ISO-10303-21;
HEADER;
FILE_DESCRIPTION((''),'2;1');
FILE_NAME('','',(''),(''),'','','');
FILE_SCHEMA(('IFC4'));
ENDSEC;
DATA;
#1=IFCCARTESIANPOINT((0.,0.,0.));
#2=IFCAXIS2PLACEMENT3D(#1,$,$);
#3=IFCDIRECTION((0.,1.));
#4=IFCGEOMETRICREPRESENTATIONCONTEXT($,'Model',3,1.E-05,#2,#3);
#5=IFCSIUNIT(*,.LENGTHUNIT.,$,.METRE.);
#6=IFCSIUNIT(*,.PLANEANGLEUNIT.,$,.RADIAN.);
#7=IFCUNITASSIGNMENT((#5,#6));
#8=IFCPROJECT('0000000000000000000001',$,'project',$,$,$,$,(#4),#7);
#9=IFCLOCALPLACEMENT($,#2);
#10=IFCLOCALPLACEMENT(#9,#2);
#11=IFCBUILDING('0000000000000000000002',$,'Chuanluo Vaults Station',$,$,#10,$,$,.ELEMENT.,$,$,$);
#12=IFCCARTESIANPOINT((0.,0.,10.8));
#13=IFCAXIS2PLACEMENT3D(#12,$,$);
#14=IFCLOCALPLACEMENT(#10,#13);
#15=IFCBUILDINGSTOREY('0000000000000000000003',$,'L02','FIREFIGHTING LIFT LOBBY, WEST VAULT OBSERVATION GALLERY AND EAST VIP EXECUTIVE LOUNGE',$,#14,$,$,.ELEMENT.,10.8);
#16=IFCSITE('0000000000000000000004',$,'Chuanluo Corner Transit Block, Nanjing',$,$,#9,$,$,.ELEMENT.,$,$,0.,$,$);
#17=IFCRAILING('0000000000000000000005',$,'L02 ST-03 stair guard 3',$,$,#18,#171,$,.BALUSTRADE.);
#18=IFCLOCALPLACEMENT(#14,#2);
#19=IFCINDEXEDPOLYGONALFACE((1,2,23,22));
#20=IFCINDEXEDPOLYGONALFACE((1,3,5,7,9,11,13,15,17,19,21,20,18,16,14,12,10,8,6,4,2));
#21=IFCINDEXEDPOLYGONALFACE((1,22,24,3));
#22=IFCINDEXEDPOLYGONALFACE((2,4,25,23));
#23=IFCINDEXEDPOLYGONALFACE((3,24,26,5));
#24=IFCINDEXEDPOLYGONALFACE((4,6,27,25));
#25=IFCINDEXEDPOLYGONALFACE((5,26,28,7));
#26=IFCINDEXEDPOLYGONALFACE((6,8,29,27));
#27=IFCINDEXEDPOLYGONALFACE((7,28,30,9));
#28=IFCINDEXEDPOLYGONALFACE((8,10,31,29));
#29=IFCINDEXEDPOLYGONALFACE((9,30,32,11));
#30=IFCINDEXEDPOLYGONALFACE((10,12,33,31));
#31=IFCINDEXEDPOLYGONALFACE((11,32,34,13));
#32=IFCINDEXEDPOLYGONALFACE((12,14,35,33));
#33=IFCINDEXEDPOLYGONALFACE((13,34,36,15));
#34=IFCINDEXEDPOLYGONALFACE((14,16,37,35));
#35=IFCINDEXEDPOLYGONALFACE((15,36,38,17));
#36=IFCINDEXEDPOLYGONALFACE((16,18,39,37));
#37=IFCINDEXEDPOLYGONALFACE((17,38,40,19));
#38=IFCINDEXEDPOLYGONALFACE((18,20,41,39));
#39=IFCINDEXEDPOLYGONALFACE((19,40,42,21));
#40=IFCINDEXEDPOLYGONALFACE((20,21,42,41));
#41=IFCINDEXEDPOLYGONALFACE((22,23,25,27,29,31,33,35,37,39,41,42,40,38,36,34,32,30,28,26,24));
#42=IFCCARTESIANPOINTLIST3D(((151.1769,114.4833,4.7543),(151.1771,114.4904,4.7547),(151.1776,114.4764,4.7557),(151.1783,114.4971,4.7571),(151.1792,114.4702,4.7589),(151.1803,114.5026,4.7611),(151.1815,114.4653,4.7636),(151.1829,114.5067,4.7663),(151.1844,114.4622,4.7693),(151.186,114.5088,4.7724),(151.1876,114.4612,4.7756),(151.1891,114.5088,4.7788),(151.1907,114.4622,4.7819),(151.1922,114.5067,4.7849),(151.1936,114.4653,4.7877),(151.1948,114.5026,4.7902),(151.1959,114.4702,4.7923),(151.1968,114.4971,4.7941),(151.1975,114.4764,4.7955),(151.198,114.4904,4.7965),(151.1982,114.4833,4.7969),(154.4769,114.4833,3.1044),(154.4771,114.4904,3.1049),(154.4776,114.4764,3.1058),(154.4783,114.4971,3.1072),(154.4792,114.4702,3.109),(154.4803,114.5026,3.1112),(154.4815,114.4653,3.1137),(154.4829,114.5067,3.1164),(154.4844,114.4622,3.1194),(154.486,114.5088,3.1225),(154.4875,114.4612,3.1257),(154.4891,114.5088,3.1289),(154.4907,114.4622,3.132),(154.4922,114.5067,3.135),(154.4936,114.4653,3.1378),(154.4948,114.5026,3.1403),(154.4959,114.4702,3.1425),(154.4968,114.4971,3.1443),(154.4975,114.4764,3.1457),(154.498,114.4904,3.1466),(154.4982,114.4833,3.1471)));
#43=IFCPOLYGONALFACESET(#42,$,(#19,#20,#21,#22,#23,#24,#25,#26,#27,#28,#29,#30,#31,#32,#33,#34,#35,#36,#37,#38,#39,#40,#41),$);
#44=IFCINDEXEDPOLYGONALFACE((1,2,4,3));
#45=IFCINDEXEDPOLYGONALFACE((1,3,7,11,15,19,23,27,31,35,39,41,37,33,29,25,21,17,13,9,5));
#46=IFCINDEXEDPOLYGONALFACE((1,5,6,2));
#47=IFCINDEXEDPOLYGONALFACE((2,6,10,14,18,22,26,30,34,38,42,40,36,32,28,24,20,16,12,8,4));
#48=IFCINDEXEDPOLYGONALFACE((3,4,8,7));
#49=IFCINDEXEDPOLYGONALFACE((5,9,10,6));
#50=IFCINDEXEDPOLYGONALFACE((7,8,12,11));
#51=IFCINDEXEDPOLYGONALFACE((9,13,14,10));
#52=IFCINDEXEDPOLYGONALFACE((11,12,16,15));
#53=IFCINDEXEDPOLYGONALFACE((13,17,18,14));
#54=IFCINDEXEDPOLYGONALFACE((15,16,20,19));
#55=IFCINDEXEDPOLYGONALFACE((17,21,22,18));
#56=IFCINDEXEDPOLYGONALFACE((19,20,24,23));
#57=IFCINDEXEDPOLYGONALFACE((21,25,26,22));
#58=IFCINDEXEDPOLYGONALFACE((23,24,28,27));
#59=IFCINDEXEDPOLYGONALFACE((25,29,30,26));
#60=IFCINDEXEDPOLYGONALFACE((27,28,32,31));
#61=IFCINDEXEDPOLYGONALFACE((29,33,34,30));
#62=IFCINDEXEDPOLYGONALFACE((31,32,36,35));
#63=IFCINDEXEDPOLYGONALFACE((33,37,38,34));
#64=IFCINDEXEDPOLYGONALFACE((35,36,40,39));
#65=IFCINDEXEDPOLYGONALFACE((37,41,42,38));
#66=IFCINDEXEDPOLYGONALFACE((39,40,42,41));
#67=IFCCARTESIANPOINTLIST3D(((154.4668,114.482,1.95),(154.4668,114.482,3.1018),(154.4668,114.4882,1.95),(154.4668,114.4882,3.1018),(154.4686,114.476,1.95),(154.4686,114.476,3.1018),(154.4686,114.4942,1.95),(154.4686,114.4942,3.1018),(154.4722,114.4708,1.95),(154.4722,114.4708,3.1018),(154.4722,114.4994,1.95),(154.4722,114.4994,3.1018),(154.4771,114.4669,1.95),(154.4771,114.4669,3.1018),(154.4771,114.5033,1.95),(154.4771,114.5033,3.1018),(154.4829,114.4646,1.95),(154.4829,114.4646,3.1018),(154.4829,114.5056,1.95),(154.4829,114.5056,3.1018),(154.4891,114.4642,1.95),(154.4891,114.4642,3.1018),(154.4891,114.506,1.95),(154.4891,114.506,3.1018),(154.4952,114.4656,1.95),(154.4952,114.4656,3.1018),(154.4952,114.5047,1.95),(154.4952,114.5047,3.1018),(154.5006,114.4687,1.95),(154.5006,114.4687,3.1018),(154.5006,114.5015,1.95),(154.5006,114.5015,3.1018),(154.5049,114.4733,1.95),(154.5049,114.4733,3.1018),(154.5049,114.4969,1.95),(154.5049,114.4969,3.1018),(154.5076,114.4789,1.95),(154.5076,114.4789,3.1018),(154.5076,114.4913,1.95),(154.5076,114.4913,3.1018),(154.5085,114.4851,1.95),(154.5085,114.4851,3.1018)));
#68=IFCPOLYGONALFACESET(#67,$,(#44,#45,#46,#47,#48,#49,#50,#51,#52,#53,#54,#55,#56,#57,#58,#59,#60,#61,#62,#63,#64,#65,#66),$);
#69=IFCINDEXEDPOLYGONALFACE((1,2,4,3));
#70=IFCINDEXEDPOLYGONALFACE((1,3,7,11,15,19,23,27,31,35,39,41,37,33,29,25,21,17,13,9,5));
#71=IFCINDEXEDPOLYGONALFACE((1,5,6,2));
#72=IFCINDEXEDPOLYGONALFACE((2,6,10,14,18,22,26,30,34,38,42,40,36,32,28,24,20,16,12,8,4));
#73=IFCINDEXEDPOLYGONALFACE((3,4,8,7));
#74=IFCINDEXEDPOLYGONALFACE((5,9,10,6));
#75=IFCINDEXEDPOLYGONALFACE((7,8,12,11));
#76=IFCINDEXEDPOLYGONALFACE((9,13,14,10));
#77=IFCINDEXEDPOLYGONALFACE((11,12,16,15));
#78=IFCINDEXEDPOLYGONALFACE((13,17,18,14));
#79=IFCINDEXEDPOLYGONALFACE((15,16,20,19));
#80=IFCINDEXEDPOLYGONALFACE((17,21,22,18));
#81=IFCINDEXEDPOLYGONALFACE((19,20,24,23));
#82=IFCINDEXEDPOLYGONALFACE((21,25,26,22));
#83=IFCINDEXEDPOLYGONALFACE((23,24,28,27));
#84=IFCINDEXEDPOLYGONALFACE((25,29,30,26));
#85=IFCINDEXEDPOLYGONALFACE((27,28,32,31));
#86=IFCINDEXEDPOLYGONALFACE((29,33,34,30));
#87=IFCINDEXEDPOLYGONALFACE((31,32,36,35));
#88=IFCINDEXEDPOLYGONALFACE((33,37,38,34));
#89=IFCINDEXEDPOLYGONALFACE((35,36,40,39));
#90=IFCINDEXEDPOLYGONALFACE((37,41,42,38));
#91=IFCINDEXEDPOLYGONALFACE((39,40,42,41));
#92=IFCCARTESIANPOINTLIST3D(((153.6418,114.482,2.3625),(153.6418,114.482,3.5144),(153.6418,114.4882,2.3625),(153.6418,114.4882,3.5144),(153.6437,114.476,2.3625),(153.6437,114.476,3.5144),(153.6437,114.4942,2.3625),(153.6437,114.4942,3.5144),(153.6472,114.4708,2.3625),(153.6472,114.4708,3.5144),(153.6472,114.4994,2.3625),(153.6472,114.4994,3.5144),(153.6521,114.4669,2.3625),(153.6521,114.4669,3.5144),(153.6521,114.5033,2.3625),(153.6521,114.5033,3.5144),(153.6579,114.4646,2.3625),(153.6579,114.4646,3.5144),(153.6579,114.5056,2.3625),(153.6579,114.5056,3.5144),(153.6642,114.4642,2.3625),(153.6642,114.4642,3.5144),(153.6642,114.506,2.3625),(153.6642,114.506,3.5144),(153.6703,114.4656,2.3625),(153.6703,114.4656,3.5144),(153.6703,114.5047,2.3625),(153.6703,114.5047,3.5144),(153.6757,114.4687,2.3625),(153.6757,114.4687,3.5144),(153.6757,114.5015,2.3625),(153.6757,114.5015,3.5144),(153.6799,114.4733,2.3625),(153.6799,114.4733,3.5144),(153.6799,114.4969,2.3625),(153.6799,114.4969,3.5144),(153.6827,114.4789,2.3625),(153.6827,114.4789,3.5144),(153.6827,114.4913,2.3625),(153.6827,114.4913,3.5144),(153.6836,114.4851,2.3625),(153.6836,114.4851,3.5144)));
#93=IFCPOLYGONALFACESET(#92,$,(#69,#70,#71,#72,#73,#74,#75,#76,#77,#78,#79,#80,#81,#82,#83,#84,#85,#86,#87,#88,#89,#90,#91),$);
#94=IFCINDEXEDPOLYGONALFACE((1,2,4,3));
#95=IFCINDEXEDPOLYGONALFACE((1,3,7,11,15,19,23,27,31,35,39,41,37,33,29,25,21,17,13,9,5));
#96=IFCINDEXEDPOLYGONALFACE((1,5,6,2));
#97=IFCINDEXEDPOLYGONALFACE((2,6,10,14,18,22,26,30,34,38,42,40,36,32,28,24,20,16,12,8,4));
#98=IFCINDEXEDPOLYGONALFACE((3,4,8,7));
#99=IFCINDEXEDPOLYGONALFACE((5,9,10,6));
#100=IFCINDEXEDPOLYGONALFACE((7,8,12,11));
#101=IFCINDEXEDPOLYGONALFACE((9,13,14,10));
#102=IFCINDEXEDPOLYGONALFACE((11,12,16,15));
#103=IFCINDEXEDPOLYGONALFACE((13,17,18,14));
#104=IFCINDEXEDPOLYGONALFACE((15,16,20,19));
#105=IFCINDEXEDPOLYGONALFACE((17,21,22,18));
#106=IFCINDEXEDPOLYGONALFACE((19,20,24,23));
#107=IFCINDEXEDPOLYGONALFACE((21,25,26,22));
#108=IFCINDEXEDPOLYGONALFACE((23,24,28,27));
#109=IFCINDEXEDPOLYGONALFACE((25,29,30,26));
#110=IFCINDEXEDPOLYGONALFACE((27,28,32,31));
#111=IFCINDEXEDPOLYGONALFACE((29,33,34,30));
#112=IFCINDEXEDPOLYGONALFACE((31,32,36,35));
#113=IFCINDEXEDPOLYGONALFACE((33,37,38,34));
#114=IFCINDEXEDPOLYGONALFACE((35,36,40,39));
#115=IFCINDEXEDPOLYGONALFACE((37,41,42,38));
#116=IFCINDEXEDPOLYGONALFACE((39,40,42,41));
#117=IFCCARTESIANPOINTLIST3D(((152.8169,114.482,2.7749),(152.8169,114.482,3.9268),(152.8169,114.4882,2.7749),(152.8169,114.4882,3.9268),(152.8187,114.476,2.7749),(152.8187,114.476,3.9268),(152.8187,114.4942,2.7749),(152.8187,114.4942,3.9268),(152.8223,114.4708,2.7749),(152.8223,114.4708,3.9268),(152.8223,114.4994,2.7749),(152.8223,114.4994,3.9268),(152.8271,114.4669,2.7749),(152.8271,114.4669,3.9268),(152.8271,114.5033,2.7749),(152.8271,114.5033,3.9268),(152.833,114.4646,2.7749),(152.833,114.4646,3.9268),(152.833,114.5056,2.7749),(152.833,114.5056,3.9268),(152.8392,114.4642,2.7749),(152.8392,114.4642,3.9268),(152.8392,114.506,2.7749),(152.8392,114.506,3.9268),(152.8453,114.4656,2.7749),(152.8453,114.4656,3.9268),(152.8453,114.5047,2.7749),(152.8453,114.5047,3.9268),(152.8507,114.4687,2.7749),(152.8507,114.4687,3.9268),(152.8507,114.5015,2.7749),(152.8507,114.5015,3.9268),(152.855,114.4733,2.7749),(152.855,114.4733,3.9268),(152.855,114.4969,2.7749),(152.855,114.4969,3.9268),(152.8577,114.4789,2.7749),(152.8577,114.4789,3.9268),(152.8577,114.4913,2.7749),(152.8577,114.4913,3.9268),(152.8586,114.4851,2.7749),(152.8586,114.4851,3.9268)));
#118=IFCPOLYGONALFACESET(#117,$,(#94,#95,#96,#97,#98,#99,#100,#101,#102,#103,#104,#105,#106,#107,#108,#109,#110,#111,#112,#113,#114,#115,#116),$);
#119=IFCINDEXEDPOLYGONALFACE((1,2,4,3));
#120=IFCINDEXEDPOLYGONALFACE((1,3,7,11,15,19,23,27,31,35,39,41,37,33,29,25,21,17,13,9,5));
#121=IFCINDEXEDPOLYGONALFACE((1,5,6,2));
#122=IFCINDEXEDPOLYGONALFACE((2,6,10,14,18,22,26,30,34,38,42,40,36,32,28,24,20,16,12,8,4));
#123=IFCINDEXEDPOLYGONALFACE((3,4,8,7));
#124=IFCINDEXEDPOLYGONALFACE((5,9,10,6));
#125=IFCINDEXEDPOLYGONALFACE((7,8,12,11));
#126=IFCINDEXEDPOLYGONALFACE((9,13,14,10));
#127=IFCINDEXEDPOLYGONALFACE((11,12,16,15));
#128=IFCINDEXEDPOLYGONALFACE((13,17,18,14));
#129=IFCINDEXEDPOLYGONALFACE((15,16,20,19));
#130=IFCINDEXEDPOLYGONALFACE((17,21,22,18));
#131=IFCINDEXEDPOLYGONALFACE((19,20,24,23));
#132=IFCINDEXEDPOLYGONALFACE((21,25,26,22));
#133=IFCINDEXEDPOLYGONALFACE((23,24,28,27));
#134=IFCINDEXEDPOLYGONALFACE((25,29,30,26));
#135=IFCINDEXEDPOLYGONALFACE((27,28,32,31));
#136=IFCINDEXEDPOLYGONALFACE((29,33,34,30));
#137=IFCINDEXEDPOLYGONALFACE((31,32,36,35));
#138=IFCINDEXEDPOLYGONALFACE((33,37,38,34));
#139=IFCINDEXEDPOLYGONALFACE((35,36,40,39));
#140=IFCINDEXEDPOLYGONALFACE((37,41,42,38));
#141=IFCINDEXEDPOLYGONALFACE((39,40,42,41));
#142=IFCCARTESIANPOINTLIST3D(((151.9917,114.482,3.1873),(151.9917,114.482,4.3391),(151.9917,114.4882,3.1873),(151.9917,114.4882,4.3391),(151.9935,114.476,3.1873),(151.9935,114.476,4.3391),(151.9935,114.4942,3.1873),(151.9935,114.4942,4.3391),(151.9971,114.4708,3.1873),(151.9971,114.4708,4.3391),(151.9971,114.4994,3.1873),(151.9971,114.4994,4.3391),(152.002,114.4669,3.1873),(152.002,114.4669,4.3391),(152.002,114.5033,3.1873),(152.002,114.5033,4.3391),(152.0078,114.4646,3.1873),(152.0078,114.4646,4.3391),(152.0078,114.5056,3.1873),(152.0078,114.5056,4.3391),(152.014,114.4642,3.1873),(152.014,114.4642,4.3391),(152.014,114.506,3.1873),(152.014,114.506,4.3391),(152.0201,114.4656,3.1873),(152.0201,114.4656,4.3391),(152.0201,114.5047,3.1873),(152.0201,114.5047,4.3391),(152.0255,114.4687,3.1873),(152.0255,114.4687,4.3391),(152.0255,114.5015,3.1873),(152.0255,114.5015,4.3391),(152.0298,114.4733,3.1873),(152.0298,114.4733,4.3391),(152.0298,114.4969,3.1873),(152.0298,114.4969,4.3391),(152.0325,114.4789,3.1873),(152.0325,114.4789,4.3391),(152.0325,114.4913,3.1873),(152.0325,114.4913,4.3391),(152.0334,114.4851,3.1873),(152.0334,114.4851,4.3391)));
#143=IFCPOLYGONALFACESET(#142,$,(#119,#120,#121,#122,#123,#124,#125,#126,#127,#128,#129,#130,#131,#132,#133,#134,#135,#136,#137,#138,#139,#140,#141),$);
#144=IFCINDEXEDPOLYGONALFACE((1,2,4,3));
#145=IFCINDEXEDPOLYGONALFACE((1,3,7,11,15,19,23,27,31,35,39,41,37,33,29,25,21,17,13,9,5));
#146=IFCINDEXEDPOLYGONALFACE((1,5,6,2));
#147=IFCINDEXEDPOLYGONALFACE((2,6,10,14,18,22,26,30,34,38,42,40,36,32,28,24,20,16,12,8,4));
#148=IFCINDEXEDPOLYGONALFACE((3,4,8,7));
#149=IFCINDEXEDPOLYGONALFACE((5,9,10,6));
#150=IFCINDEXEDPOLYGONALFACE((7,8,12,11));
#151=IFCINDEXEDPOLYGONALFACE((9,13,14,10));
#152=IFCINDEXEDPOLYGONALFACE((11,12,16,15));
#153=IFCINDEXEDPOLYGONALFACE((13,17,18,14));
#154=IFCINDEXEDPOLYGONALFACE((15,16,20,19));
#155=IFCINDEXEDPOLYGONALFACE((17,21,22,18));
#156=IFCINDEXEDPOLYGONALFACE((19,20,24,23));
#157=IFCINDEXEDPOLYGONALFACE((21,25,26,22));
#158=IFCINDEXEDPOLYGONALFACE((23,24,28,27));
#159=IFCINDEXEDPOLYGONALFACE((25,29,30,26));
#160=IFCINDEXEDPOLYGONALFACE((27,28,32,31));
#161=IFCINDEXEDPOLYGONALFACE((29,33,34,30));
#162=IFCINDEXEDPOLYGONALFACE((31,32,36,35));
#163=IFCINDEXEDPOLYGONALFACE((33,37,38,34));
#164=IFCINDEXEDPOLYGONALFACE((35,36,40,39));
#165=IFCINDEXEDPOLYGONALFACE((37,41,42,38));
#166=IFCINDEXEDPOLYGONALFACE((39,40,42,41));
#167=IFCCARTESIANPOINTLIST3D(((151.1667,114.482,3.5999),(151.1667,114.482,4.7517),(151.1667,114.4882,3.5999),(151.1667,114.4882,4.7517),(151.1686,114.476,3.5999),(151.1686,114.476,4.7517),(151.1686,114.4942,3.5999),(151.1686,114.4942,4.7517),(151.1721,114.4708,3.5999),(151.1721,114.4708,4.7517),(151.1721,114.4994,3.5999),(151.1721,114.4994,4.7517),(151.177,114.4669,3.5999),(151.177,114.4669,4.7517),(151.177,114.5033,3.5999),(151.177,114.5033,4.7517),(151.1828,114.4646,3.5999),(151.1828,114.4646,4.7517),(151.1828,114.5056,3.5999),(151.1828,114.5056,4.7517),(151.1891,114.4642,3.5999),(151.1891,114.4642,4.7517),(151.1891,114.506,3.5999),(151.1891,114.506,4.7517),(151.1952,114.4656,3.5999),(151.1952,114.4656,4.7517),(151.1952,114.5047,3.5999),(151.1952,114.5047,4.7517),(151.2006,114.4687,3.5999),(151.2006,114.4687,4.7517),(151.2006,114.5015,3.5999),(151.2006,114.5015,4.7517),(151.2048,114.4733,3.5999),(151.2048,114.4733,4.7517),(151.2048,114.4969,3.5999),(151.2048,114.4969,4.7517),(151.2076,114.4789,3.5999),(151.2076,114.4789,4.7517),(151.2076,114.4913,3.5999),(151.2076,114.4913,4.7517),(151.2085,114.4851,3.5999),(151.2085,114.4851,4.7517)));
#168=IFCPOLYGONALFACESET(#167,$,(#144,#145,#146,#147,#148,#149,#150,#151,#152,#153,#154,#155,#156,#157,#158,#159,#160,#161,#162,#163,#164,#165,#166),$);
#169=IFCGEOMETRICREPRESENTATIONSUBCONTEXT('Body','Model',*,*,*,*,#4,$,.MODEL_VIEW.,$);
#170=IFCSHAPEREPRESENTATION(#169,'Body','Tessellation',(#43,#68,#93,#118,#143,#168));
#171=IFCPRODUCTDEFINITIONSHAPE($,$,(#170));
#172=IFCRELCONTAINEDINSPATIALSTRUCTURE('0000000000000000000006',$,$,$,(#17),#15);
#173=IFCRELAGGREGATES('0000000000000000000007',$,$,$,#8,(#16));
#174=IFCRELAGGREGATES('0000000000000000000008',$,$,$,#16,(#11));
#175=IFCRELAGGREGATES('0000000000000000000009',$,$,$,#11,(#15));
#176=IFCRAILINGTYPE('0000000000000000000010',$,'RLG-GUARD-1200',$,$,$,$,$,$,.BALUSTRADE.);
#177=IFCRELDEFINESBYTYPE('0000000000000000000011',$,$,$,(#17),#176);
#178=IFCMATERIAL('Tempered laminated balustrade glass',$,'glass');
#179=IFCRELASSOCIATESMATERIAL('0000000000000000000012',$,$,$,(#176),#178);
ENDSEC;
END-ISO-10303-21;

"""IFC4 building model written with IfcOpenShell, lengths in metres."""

from ifc_helpers import new_model, si_unit, direction, frame, origin, origin_2d, place, context, subcontext, project, spatial, circle, extrude, material, type_object, element, save


model = new_model("IFC4")

# Units and contexts
model_context = context("Model", 3, precision=1e-05, world=origin(), true_north=direction((0.0, 1.0)))
body_context = subcontext(model_context, "Body", "Model", "MODEL_VIEW")
ifc_project = project(units=[si_unit("LENGTHUNIT", "METRE"), si_unit("PLANEANGLEUNIT", "RADIAN")], contexts=[model_context])

# Site, building, storey
site_placement = place(None, origin())
site = spatial("IfcSite", under=ifc_project, at=site_placement, Name="Chuanluo Corner Transit Block, Nanjing", CompositionType="ELEMENT", RefElevation=0.0)
building_placement = place(site_placement, origin())
building = spatial("IfcBuilding", under=site, at=building_placement, Name="Chuanluo Vaults Station", CompositionType="ELEMENT")
storey_placement = place(building_placement, frame((0.0, 0.0, 10.8)))
storey = spatial("IfcBuildingStorey", under=building, at=storey_placement, Name="L02", Description="FIREFIGHTING LIFT LOBBY, WEST VAULT OBSERVATION GALLERY AND EAST VIP EXECUTIVE LOUNGE", CompositionType="ELEMENT", Elevation=10.8)

# Railing
ifc_material_1 = material(Name="Tempered laminated balustrade glass", Category="glass")
railing_type_1 = type_object("IfcRailingType", Name="RLG-GUARD-1200", PredefinedType="BALUSTRADE", material=ifc_material_1)
railing_1_placement = place(storey_placement, frame((154.4875, 114.4851, 1.95)))
element("IfcRailing", 1, at=railing_1_placement, inside=storey, type_object=railing_type_1, Name="L02 ST-03 stair guard 3", PredefinedType="BALUSTRADE", context=body_context, shape_type="SweptSolid", body=[
    extrude(circle(Radius=0.0239, at=origin_2d()), frame((0.0, 0.0, 1.1758), z_axis=(-0.89444, 0.0, 0.447187), x_axis=(0.0, -1.0, 0.0)), (0.0, 0.0, 1.0), 3.6895),
    extrude(circle(Radius=0.021, at=origin_2d()), origin(), (0.0, 0.0, 1.0), 1.1519),
    extrude(circle(Radius=0.021, at=origin_2d()), frame((-0.825, 0.0, 0.4126)), (0.0, 0.0, 1.0), 1.1519),
    extrude(circle(Radius=0.021, at=origin_2d()), frame((-1.6499, 0.0, 0.825)), (0.0, 0.0, 1.0), 1.1519),
    extrude(circle(Radius=0.021, at=origin_2d()), frame((-2.4751, 0.0, 1.2373)), (0.0, 0.0, 1.0), 1.1519),
    extrude(circle(Radius=0.021, at=origin_2d()), frame((-3.3, 0.0, 1.6499)), (0.0, 0.0, 1.0), 1.1519),
])

save(model, "model.ifc")
